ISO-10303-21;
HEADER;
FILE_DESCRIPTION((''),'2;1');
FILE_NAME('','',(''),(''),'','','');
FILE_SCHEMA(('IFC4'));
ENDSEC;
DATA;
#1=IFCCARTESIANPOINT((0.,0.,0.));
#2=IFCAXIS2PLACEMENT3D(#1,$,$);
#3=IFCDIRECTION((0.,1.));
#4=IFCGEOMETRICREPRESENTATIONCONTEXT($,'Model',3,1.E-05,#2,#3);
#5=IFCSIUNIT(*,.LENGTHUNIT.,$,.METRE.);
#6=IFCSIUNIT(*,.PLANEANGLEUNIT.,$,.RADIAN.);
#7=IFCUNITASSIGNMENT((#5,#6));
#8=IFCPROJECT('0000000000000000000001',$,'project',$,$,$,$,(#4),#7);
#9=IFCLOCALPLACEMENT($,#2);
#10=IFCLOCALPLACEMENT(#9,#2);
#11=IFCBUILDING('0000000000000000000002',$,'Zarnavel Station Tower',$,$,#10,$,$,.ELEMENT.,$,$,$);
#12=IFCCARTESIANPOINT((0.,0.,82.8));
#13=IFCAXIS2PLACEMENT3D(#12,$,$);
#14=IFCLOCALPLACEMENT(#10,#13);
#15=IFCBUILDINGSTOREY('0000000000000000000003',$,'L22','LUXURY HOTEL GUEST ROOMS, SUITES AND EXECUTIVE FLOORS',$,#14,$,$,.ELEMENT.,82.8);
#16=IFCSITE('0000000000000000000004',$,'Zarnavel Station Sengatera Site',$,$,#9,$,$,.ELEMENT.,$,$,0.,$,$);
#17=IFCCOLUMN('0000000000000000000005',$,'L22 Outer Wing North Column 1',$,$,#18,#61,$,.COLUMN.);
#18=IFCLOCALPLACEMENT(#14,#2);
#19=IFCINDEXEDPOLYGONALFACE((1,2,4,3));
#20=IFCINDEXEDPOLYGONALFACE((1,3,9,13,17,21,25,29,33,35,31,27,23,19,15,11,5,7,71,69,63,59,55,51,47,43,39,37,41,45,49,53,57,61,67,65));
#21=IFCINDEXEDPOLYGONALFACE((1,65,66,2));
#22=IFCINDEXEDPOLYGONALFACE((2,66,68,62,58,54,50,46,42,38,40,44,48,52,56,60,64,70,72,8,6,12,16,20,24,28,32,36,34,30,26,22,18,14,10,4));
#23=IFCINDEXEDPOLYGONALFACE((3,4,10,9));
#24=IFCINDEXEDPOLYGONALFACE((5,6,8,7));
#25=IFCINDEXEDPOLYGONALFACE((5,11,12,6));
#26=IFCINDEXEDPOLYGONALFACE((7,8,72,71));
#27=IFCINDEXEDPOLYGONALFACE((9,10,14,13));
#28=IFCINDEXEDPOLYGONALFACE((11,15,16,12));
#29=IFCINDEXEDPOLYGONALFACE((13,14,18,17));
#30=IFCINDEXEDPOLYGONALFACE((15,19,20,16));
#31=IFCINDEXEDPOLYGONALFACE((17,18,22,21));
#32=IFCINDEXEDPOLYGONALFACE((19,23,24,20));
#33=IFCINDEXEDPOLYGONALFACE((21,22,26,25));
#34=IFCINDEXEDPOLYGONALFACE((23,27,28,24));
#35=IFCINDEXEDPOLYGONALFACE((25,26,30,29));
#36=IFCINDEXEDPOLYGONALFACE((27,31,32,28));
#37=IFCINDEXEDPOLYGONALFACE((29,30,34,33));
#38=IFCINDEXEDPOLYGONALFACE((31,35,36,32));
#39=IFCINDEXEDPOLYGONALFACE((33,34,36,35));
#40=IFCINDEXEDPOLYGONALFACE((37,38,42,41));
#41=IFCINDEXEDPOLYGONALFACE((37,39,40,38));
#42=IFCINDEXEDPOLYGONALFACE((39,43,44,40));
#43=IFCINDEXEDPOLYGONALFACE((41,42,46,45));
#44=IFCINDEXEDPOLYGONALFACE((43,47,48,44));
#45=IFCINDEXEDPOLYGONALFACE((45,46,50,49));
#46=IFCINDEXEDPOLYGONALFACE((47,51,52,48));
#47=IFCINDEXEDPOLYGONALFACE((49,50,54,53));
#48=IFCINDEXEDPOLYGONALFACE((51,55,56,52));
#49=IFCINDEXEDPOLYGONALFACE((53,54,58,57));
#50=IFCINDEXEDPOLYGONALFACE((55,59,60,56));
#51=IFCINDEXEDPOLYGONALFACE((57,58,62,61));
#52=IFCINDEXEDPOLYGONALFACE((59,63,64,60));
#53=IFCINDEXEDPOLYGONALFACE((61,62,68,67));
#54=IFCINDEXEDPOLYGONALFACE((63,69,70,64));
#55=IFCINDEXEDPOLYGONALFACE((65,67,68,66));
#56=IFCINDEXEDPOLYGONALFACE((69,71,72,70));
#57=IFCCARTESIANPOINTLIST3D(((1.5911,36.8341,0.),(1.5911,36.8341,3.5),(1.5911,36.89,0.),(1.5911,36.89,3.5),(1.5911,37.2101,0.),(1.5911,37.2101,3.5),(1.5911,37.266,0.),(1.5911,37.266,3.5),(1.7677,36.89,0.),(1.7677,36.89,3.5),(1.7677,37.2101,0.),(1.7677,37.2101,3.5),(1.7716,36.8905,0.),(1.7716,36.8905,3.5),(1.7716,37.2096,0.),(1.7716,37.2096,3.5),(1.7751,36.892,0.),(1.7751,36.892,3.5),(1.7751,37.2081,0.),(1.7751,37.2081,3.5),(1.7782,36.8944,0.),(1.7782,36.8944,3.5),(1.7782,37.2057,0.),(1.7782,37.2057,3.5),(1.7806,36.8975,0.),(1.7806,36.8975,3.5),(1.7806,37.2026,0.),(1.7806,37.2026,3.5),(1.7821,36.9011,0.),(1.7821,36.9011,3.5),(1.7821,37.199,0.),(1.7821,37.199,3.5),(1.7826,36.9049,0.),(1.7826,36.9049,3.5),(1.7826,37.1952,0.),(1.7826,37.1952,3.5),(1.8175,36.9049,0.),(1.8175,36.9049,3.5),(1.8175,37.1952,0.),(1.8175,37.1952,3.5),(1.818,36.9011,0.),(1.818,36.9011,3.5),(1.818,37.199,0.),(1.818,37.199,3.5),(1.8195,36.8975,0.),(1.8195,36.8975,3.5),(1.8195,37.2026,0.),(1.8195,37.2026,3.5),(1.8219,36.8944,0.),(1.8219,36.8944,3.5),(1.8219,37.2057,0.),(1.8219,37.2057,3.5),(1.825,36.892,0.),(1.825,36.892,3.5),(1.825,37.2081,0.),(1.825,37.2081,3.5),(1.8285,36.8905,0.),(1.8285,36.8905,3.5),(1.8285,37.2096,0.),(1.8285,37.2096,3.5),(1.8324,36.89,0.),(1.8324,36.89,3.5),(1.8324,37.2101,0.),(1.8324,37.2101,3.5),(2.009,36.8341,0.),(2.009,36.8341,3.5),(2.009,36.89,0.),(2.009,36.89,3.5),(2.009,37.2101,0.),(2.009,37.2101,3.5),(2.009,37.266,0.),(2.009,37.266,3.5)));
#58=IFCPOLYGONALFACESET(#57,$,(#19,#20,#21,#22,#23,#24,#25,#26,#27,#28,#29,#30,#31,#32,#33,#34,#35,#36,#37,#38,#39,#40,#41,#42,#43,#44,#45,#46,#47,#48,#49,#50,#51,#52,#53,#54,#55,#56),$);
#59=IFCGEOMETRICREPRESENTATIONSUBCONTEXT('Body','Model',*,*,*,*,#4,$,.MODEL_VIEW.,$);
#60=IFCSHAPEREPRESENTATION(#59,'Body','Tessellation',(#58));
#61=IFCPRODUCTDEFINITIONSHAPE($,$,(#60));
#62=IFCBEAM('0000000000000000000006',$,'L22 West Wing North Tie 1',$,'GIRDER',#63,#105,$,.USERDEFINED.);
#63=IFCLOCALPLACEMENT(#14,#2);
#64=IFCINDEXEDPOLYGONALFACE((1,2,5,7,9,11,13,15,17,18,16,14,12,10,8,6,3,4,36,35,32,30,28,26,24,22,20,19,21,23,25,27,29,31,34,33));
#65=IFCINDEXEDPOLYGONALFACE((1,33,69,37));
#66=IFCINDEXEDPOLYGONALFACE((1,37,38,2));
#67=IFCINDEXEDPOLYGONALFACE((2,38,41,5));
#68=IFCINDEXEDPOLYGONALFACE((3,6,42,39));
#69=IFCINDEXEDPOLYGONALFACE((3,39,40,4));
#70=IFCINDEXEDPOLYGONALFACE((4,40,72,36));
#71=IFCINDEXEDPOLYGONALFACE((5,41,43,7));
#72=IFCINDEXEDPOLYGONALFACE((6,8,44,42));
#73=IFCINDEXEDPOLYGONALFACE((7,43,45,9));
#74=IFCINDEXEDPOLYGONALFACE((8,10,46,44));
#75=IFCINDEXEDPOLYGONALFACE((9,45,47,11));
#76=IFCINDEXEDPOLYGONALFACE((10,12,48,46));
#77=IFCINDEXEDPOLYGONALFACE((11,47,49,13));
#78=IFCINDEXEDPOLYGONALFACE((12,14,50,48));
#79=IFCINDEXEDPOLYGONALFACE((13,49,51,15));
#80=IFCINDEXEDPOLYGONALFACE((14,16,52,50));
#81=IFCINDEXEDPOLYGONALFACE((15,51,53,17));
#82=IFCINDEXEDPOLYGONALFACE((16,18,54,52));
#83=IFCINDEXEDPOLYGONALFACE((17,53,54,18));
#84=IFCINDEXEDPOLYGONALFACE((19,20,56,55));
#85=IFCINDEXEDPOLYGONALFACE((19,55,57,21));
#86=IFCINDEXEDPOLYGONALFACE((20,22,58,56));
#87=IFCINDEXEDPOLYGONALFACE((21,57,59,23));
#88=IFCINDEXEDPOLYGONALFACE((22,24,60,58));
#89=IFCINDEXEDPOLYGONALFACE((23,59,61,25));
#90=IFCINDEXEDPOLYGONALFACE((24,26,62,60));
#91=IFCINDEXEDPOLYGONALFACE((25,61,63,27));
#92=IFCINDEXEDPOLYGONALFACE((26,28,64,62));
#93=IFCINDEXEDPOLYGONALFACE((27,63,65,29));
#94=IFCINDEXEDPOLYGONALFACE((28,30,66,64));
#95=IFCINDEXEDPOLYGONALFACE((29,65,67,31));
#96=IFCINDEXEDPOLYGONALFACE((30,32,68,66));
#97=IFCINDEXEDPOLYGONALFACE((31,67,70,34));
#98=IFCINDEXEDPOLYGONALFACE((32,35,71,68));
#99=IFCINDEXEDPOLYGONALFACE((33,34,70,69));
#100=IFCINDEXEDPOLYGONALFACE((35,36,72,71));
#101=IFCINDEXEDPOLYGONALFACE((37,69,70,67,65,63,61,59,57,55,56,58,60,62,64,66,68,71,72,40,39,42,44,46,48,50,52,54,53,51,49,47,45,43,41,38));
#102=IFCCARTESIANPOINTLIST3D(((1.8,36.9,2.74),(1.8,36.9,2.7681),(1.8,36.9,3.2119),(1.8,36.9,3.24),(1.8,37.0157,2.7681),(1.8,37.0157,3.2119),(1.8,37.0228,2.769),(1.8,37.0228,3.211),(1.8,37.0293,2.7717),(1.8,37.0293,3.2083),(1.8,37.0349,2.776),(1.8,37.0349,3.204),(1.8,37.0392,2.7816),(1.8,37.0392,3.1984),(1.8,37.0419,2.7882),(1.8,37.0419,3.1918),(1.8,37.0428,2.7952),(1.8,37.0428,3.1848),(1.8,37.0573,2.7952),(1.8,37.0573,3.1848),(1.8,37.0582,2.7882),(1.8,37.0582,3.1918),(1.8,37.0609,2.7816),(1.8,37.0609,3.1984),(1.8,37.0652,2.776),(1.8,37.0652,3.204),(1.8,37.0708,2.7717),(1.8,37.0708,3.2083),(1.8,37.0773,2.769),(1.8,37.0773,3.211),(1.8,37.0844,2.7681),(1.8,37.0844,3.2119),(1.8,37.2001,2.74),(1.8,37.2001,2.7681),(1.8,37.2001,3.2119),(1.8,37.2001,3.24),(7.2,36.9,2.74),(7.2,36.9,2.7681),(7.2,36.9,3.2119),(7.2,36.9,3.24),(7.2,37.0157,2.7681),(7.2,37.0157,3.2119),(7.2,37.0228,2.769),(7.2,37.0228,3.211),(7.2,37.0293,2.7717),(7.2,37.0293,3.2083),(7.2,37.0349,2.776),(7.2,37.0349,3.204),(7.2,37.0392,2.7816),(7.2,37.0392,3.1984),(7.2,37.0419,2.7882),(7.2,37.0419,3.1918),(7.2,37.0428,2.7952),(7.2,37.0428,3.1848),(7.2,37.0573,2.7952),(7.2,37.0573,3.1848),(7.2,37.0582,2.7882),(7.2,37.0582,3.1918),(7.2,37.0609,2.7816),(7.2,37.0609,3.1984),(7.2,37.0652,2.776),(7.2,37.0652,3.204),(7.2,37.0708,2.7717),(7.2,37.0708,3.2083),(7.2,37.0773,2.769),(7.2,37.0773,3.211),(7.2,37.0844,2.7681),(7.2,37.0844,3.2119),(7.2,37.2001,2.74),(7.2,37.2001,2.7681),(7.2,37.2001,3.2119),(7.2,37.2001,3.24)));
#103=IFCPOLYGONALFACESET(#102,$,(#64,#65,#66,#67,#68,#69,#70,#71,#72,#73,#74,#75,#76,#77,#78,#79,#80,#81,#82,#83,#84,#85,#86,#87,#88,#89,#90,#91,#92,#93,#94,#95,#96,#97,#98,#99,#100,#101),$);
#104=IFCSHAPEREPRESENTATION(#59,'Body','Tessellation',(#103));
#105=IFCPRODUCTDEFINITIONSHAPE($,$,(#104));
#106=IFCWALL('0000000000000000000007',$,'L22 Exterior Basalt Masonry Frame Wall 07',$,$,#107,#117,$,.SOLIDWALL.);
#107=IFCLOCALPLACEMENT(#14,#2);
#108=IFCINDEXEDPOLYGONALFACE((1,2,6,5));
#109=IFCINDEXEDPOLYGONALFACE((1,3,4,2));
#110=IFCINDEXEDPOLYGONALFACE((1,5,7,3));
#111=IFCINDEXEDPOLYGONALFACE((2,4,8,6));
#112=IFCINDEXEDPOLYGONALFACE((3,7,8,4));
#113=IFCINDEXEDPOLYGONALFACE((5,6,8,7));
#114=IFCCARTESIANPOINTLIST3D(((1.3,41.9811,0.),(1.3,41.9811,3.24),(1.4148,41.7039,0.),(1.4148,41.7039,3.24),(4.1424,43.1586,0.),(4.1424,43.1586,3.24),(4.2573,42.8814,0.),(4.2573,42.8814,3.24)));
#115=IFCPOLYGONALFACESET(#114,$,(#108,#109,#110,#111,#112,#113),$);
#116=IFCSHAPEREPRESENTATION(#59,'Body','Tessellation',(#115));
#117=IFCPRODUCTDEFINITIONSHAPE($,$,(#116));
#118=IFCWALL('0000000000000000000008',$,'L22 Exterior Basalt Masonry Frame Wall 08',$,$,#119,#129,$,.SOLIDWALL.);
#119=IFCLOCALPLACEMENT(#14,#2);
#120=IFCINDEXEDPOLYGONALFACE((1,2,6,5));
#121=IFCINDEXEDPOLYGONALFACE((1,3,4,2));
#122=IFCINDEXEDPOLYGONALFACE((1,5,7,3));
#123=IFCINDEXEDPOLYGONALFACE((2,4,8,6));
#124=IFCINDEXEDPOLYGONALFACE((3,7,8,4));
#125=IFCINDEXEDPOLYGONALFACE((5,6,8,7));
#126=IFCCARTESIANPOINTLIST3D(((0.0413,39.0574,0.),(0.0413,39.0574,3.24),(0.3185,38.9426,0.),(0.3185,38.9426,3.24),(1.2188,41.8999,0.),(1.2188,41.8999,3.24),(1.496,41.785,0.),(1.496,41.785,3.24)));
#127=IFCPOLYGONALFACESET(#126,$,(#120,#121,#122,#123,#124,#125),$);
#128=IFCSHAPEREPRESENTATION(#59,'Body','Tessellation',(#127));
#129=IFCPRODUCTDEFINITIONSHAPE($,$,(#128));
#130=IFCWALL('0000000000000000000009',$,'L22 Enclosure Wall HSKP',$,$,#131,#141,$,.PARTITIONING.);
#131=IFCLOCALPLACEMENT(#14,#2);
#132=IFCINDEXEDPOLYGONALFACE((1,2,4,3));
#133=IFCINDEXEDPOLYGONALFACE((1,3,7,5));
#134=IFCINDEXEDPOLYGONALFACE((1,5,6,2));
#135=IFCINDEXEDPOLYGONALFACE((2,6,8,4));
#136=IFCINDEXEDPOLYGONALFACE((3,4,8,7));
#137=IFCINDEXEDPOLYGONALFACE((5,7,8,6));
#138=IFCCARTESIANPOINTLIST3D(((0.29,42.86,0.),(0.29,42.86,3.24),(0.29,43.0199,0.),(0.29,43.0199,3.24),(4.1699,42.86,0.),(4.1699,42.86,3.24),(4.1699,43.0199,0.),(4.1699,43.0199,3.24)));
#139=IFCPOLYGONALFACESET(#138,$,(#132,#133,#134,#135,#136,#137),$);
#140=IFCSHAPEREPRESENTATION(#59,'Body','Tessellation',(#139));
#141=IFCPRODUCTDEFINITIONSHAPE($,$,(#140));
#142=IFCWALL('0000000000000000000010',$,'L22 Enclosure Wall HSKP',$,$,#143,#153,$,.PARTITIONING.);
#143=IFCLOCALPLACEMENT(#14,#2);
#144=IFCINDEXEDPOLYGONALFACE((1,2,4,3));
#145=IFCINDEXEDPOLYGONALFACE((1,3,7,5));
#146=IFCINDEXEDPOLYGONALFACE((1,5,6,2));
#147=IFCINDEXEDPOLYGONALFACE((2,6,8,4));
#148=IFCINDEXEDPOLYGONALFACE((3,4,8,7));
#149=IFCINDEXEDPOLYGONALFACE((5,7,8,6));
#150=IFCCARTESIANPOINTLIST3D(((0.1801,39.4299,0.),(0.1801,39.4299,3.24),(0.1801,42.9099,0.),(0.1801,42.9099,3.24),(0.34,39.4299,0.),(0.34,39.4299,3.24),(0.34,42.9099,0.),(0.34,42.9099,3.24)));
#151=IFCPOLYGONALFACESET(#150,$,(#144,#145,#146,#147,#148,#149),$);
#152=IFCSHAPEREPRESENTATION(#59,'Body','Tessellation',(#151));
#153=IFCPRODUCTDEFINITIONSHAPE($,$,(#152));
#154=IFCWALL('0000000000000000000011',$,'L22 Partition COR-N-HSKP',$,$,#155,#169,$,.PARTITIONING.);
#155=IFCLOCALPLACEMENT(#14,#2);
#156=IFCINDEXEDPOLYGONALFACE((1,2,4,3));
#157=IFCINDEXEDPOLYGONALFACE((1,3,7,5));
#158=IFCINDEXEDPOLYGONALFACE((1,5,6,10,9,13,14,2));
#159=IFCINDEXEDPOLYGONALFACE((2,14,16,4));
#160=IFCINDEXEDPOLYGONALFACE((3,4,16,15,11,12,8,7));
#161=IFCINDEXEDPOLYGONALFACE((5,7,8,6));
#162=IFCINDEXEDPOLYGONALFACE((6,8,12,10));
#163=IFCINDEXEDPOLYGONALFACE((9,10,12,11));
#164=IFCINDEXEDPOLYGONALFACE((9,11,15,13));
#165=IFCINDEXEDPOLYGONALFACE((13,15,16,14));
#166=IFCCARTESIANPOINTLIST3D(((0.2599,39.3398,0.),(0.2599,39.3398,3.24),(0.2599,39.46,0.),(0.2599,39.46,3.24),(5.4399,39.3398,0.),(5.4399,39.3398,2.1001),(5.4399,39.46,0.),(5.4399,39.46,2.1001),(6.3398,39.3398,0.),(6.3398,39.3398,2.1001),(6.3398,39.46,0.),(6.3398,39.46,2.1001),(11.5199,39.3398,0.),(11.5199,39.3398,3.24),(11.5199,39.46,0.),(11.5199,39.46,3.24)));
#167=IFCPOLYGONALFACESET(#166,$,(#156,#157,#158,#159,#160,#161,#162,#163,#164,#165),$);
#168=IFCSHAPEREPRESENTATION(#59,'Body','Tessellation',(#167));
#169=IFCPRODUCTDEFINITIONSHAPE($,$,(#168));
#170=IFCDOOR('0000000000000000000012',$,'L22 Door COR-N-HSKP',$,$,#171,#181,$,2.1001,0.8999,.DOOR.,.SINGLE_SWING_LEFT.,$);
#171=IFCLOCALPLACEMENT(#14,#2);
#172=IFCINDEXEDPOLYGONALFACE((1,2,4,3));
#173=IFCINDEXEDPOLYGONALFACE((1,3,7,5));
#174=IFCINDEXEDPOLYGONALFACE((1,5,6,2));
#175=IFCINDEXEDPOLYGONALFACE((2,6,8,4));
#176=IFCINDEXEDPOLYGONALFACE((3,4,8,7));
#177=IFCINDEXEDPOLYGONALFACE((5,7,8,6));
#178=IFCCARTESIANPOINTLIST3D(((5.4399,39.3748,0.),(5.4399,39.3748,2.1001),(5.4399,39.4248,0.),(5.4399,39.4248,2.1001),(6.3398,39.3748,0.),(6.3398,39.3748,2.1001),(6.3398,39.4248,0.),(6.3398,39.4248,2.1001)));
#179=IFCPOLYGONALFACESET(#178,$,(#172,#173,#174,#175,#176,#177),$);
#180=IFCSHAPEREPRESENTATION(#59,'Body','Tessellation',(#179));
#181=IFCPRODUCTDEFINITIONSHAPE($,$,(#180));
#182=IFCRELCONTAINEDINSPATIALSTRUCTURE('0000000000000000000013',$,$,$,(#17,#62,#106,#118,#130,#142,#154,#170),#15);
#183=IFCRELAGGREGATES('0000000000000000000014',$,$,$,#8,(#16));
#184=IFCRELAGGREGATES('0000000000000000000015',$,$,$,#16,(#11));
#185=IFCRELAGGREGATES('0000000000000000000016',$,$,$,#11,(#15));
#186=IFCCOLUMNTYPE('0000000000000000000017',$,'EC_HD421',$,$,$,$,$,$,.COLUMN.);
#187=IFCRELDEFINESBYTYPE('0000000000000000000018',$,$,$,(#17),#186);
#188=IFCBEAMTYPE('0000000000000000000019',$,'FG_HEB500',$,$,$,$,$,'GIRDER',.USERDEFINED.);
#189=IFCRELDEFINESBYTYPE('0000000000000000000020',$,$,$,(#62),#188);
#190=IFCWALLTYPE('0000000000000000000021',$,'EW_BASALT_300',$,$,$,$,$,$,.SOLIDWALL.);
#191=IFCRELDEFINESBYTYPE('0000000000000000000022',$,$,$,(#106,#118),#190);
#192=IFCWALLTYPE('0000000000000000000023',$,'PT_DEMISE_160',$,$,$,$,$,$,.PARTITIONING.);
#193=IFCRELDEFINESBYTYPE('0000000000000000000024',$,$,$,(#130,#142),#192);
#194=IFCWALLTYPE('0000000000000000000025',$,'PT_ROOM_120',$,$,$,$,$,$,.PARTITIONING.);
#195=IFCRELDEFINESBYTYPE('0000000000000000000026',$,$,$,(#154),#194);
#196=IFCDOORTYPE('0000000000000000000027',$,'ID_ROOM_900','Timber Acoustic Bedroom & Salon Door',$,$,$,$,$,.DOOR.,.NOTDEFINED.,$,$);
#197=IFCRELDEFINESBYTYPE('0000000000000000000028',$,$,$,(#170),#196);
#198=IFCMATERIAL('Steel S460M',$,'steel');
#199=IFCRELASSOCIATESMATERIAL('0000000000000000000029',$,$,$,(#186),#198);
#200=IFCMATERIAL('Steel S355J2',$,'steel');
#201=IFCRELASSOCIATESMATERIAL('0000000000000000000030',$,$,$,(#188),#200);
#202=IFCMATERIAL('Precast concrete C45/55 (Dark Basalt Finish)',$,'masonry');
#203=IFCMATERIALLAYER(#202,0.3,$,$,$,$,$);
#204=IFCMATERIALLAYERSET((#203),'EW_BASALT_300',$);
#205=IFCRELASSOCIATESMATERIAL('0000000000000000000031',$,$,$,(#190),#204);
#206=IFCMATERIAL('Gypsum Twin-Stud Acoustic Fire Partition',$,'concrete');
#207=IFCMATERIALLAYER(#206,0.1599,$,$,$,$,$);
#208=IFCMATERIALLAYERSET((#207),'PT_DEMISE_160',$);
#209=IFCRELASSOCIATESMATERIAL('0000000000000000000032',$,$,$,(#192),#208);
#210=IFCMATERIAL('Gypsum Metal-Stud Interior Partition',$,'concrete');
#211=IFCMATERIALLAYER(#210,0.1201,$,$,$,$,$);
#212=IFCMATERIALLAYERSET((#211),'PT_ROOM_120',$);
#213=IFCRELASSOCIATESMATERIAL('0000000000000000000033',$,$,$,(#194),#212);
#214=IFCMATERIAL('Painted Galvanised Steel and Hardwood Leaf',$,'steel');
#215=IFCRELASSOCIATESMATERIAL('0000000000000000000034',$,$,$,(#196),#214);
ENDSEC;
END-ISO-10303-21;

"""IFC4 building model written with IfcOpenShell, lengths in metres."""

from ifc_helpers import new_model, si_unit, direction, frame, frame_2d, origin, origin_2d, place, context, subcontext, project, spatial, rectangle, i_section, extrude, material, layer, layer_set, material_profile, profile_set, type_object, element, fill, save


model = new_model("IFC4")

# Units and contexts
model_context = context("Model", 3, precision=1e-05, world=origin(), true_north=direction((0.0, 1.0)))
body_context = subcontext(model_context, "Body", "Model", "MODEL_VIEW")
ifc_project = project(units=[si_unit("LENGTHUNIT", "METRE"), si_unit("PLANEANGLEUNIT", "RADIAN")], contexts=[model_context])

# Site, building, storey
site_placement = place(None, origin())
site = spatial("IfcSite", under=ifc_project, at=site_placement, Name="Zarnavel Station Sengatera Site", CompositionType="ELEMENT", RefElevation=0.0)
building_placement = place(site_placement, origin())
building = spatial("IfcBuilding", under=site, at=building_placement, Name="Zarnavel Station Tower", CompositionType="ELEMENT")
storey_placement = place(building_placement, frame((0.0, 0.0, 82.8)))
storey = spatial("IfcBuildingStorey", under=building, at=storey_placement, Name="L22", Description="LUXURY HOTEL GUEST ROOMS, SUITES AND EXECUTIVE FLOORS", CompositionType="ELEMENT", Elevation=82.8)

# Column
ifc_material_1 = material(Name="Steel S460M", Category="steel")
ifc_material_profile_1 = material_profile(ifc_material_1, i_section(OverallWidth=0.418, OverallDepth=0.4319, WebThickness=0.0349, FlangeThickness=0.0559, FilletRadius=0.0149, at=origin_2d()), Name="HD400x421")
ifc_profile_set_1 = profile_set([ifc_material_profile_1], Name="Steel S460M")
column_type = type_object("IfcColumnType", Name="EC_HD421", PredefinedType="COLUMN", material=ifc_profile_set_1)
column_placement = place(storey_placement, frame((1.8, 37.05, 0.0), z_axis=(0.0, 0.0, 1.0), x_axis=(1.0, 0.0, 0.0)))
element("IfcColumn", 1, at=column_placement, inside=storey, type_object=column_type, Name="L22 Outer Wing North Column 1", PredefinedType="COLUMN", context=body_context, shape_type="SweptSolid", body=[
    extrude(i_section(OverallWidth=0.418, OverallDepth=0.4319, WebThickness=0.0349, FlangeThickness=0.0559, FilletRadius=0.0149, at=origin_2d()), origin(), (0.0, 0.0, 1.0), 3.5),
])

# Beam
ifc_material_2 = material(Name="Steel S355J2", Category="steel")
ifc_material_profile_2 = material_profile(ifc_material_2, i_section(OverallWidth=0.3, OverallDepth=0.5, WebThickness=0.0144, FlangeThickness=0.0281, FilletRadius=0.0271, at=origin_2d()), Name="HEB500")
ifc_profile_set_2 = profile_set([ifc_material_profile_2], Name="Steel S355J2")
beam_type = type_object("IfcBeamType", Name="FG_HEB500", ElementType="GIRDER", PredefinedType="USERDEFINED", material=ifc_profile_set_2)
beam_placement = place(storey_placement, frame((1.8, 37.05, 2.99), z_axis=(1.0, 0.0, 0.0), x_axis=(0.0, 1.0, 0.0)))
element("IfcBeam", 2, at=beam_placement, inside=storey, type_object=beam_type, Name="L22 West Wing North Tie 1", ObjectType="GIRDER", PredefinedType="USERDEFINED", context=body_context, shape_type="SweptSolid", body=[
    extrude(i_section(OverallWidth=0.3, OverallDepth=0.5, WebThickness=0.0144, FlangeThickness=0.0281, FilletRadius=0.0271, at=origin_2d()), origin(), (0.0, 0.0, 1.0), 5.3999),
])

# Walls
ifc_material_3 = material(Name="Precast concrete C45/55 (Dark Basalt Finish)", Category="masonry")
ifc_layer_1 = layer(ifc_material_3, 0.3)
ifc_layer_set_1 = layer_set([ifc_layer_1], Name="EW_BASALT_300")
wall_type_1 = type_object("IfcWallType", Name="EW_BASALT_300", PredefinedType="SOLIDWALL", material=ifc_layer_set_1)
for number, where, z_axis, x_axis, name in (
    (3, (1.3574, 41.8425, 0.0), (0.0, 0.0, 1.0), (0.923871, 0.382705, 0.0), "L22 Exterior Basalt Masonry Frame Wall 07"),
    (4, (0.1799, 39.0, 0.0), (0.0, 0.0, 1.0), (0.382705, 0.923871, 0.0), "L22 Exterior Basalt Masonry Frame Wall 08"),
):
    element("IfcWall", number, at=place(storey_placement, frame(where, z_axis=z_axis, x_axis=x_axis)), inside=storey, type_object=wall_type_1, Name=name, PredefinedType="SOLIDWALL", context=body_context, shape_type="SweptSolid", body=[
        extrude(rectangle(XDim=3.0767, YDim=0.3, at=frame_2d((1.5383, 0.0))), origin(), (0.0, 0.0, 1.0), 3.24),
    ])
ifc_material_4 = material(Name="Gypsum Twin-Stud Acoustic Fire Partition", Category="concrete")
ifc_layer_2 = layer(ifc_material_4, 0.1599)
ifc_layer_set_2 = layer_set([ifc_layer_2], Name="PT_DEMISE_160")
wall_type_2 = type_object("IfcWallType", Name="PT_DEMISE_160", PredefinedType="PARTITIONING", material=ifc_layer_set_2)
wall_1_placement = place(storey_placement, frame((0.29, 42.9399, 0.0), z_axis=(0.0, 0.0, 1.0), x_axis=(1.0, 0.0, 0.0)))
element("IfcWall", 5, at=wall_1_placement, inside=storey, type_object=wall_type_2, Name="L22 Enclosure Wall HSKP", PredefinedType="PARTITIONING", context=body_context, shape_type="SweptSolid", body=[
    extrude(rectangle(XDim=3.8799, YDim=0.1599, at=frame_2d((1.9399, 0.0))), origin(), (0.0, 0.0, 1.0), 3.24),
])
wall_2_placement = place(storey_placement, frame((0.26, 39.4299, 0.0), z_axis=(0.0, 0.0, 1.0), x_axis=(0.0, 1.0, 0.0)))
element("IfcWall", 6, at=wall_2_placement, inside=storey, type_object=wall_type_2, Name="L22 Enclosure Wall HSKP", PredefinedType="PARTITIONING", context=body_context, shape_type="SweptSolid", body=[
    extrude(rectangle(XDim=3.48, YDim=0.1599, at=frame_2d((1.74, 0.0))), origin(), (0.0, 0.0, 1.0), 3.24),
])

# Wall, opening, door
ifc_material_5 = material(Name="Gypsum Metal-Stud Interior Partition", Category="concrete")
ifc_layer_3 = layer(ifc_material_5, 0.1201)
ifc_layer_set_3 = layer_set([ifc_layer_3], Name="PT_ROOM_120")
wall_type_3 = type_object("IfcWallType", Name="PT_ROOM_120", PredefinedType="PARTITIONING", material=ifc_layer_set_3)
wall_3_placement = place(storey_placement, frame((0.26, 39.3999, 0.0), z_axis=(0.0, 0.0, 1.0), x_axis=(1.0, 0.0, 0.0)))
wall_3 = element("IfcWall", 7, at=wall_3_placement, inside=storey, type_object=wall_type_3, Name="L22 Partition COR-N-HSKP", PredefinedType="PARTITIONING", context=body_context, shape_type="SweptSolid", body=[
    extrude(rectangle(XDim=11.26, YDim=0.1201, at=frame_2d((5.6299, 0.0))), origin(), (0.0, 0.0, 1.0), 3.24),
])
opening_1_placement = place(wall_3_placement, frame((5.1799, 0.0, 0.0)))
opening_1 = element("IfcOpeningElement", 8, at=opening_1_placement, cuts=wall_3, PredefinedType="OPENING", context=body_context, shape_type="SweptSolid", body=[
    extrude(rectangle(XDim=0.8999, YDim=2.1001, at=frame_2d((0.45, 1.05))), frame((0.0, 0.0701, 0.0), z_axis=(0.0, -1.0, 0.0), x_axis=(1.0, 0.0, 0.0)), (0.0, 0.0, 1.0), 0.1401),
])
ifc_material_6 = material(Name="Painted Galvanised Steel and Hardwood Leaf", Category="steel")
door_type_1 = type_object("IfcDoorType", Name="ID_ROOM_900", Description="Timber Acoustic Bedroom & Salon Door", OperationType="NOTDEFINED", PredefinedType="DOOR", material=ifc_material_6)
door_1_placement = place(opening_1_placement, origin())
door_1 = element("IfcDoor", 9, at=door_1_placement, inside=storey, type_object=door_type_1, Name="L22 Door COR-N-HSKP", OperationType="SINGLE_SWING_LEFT", OverallHeight=2.1001, OverallWidth=0.8999, PredefinedType="DOOR", context=body_context, shape_type="SweptSolid", body=[
    extrude(rectangle(XDim=0.8999, YDim=2.1001, at=frame_2d((0.45, 1.05))), frame((0.0, 0.0249, 0.0), z_axis=(0.0, -1.0, 0.0), x_axis=(1.0, 0.0, 0.0)), (0.0, 0.0, 1.0), 0.05),
])
fill(opening_1, door_1)

save(model, "model.ifc")
